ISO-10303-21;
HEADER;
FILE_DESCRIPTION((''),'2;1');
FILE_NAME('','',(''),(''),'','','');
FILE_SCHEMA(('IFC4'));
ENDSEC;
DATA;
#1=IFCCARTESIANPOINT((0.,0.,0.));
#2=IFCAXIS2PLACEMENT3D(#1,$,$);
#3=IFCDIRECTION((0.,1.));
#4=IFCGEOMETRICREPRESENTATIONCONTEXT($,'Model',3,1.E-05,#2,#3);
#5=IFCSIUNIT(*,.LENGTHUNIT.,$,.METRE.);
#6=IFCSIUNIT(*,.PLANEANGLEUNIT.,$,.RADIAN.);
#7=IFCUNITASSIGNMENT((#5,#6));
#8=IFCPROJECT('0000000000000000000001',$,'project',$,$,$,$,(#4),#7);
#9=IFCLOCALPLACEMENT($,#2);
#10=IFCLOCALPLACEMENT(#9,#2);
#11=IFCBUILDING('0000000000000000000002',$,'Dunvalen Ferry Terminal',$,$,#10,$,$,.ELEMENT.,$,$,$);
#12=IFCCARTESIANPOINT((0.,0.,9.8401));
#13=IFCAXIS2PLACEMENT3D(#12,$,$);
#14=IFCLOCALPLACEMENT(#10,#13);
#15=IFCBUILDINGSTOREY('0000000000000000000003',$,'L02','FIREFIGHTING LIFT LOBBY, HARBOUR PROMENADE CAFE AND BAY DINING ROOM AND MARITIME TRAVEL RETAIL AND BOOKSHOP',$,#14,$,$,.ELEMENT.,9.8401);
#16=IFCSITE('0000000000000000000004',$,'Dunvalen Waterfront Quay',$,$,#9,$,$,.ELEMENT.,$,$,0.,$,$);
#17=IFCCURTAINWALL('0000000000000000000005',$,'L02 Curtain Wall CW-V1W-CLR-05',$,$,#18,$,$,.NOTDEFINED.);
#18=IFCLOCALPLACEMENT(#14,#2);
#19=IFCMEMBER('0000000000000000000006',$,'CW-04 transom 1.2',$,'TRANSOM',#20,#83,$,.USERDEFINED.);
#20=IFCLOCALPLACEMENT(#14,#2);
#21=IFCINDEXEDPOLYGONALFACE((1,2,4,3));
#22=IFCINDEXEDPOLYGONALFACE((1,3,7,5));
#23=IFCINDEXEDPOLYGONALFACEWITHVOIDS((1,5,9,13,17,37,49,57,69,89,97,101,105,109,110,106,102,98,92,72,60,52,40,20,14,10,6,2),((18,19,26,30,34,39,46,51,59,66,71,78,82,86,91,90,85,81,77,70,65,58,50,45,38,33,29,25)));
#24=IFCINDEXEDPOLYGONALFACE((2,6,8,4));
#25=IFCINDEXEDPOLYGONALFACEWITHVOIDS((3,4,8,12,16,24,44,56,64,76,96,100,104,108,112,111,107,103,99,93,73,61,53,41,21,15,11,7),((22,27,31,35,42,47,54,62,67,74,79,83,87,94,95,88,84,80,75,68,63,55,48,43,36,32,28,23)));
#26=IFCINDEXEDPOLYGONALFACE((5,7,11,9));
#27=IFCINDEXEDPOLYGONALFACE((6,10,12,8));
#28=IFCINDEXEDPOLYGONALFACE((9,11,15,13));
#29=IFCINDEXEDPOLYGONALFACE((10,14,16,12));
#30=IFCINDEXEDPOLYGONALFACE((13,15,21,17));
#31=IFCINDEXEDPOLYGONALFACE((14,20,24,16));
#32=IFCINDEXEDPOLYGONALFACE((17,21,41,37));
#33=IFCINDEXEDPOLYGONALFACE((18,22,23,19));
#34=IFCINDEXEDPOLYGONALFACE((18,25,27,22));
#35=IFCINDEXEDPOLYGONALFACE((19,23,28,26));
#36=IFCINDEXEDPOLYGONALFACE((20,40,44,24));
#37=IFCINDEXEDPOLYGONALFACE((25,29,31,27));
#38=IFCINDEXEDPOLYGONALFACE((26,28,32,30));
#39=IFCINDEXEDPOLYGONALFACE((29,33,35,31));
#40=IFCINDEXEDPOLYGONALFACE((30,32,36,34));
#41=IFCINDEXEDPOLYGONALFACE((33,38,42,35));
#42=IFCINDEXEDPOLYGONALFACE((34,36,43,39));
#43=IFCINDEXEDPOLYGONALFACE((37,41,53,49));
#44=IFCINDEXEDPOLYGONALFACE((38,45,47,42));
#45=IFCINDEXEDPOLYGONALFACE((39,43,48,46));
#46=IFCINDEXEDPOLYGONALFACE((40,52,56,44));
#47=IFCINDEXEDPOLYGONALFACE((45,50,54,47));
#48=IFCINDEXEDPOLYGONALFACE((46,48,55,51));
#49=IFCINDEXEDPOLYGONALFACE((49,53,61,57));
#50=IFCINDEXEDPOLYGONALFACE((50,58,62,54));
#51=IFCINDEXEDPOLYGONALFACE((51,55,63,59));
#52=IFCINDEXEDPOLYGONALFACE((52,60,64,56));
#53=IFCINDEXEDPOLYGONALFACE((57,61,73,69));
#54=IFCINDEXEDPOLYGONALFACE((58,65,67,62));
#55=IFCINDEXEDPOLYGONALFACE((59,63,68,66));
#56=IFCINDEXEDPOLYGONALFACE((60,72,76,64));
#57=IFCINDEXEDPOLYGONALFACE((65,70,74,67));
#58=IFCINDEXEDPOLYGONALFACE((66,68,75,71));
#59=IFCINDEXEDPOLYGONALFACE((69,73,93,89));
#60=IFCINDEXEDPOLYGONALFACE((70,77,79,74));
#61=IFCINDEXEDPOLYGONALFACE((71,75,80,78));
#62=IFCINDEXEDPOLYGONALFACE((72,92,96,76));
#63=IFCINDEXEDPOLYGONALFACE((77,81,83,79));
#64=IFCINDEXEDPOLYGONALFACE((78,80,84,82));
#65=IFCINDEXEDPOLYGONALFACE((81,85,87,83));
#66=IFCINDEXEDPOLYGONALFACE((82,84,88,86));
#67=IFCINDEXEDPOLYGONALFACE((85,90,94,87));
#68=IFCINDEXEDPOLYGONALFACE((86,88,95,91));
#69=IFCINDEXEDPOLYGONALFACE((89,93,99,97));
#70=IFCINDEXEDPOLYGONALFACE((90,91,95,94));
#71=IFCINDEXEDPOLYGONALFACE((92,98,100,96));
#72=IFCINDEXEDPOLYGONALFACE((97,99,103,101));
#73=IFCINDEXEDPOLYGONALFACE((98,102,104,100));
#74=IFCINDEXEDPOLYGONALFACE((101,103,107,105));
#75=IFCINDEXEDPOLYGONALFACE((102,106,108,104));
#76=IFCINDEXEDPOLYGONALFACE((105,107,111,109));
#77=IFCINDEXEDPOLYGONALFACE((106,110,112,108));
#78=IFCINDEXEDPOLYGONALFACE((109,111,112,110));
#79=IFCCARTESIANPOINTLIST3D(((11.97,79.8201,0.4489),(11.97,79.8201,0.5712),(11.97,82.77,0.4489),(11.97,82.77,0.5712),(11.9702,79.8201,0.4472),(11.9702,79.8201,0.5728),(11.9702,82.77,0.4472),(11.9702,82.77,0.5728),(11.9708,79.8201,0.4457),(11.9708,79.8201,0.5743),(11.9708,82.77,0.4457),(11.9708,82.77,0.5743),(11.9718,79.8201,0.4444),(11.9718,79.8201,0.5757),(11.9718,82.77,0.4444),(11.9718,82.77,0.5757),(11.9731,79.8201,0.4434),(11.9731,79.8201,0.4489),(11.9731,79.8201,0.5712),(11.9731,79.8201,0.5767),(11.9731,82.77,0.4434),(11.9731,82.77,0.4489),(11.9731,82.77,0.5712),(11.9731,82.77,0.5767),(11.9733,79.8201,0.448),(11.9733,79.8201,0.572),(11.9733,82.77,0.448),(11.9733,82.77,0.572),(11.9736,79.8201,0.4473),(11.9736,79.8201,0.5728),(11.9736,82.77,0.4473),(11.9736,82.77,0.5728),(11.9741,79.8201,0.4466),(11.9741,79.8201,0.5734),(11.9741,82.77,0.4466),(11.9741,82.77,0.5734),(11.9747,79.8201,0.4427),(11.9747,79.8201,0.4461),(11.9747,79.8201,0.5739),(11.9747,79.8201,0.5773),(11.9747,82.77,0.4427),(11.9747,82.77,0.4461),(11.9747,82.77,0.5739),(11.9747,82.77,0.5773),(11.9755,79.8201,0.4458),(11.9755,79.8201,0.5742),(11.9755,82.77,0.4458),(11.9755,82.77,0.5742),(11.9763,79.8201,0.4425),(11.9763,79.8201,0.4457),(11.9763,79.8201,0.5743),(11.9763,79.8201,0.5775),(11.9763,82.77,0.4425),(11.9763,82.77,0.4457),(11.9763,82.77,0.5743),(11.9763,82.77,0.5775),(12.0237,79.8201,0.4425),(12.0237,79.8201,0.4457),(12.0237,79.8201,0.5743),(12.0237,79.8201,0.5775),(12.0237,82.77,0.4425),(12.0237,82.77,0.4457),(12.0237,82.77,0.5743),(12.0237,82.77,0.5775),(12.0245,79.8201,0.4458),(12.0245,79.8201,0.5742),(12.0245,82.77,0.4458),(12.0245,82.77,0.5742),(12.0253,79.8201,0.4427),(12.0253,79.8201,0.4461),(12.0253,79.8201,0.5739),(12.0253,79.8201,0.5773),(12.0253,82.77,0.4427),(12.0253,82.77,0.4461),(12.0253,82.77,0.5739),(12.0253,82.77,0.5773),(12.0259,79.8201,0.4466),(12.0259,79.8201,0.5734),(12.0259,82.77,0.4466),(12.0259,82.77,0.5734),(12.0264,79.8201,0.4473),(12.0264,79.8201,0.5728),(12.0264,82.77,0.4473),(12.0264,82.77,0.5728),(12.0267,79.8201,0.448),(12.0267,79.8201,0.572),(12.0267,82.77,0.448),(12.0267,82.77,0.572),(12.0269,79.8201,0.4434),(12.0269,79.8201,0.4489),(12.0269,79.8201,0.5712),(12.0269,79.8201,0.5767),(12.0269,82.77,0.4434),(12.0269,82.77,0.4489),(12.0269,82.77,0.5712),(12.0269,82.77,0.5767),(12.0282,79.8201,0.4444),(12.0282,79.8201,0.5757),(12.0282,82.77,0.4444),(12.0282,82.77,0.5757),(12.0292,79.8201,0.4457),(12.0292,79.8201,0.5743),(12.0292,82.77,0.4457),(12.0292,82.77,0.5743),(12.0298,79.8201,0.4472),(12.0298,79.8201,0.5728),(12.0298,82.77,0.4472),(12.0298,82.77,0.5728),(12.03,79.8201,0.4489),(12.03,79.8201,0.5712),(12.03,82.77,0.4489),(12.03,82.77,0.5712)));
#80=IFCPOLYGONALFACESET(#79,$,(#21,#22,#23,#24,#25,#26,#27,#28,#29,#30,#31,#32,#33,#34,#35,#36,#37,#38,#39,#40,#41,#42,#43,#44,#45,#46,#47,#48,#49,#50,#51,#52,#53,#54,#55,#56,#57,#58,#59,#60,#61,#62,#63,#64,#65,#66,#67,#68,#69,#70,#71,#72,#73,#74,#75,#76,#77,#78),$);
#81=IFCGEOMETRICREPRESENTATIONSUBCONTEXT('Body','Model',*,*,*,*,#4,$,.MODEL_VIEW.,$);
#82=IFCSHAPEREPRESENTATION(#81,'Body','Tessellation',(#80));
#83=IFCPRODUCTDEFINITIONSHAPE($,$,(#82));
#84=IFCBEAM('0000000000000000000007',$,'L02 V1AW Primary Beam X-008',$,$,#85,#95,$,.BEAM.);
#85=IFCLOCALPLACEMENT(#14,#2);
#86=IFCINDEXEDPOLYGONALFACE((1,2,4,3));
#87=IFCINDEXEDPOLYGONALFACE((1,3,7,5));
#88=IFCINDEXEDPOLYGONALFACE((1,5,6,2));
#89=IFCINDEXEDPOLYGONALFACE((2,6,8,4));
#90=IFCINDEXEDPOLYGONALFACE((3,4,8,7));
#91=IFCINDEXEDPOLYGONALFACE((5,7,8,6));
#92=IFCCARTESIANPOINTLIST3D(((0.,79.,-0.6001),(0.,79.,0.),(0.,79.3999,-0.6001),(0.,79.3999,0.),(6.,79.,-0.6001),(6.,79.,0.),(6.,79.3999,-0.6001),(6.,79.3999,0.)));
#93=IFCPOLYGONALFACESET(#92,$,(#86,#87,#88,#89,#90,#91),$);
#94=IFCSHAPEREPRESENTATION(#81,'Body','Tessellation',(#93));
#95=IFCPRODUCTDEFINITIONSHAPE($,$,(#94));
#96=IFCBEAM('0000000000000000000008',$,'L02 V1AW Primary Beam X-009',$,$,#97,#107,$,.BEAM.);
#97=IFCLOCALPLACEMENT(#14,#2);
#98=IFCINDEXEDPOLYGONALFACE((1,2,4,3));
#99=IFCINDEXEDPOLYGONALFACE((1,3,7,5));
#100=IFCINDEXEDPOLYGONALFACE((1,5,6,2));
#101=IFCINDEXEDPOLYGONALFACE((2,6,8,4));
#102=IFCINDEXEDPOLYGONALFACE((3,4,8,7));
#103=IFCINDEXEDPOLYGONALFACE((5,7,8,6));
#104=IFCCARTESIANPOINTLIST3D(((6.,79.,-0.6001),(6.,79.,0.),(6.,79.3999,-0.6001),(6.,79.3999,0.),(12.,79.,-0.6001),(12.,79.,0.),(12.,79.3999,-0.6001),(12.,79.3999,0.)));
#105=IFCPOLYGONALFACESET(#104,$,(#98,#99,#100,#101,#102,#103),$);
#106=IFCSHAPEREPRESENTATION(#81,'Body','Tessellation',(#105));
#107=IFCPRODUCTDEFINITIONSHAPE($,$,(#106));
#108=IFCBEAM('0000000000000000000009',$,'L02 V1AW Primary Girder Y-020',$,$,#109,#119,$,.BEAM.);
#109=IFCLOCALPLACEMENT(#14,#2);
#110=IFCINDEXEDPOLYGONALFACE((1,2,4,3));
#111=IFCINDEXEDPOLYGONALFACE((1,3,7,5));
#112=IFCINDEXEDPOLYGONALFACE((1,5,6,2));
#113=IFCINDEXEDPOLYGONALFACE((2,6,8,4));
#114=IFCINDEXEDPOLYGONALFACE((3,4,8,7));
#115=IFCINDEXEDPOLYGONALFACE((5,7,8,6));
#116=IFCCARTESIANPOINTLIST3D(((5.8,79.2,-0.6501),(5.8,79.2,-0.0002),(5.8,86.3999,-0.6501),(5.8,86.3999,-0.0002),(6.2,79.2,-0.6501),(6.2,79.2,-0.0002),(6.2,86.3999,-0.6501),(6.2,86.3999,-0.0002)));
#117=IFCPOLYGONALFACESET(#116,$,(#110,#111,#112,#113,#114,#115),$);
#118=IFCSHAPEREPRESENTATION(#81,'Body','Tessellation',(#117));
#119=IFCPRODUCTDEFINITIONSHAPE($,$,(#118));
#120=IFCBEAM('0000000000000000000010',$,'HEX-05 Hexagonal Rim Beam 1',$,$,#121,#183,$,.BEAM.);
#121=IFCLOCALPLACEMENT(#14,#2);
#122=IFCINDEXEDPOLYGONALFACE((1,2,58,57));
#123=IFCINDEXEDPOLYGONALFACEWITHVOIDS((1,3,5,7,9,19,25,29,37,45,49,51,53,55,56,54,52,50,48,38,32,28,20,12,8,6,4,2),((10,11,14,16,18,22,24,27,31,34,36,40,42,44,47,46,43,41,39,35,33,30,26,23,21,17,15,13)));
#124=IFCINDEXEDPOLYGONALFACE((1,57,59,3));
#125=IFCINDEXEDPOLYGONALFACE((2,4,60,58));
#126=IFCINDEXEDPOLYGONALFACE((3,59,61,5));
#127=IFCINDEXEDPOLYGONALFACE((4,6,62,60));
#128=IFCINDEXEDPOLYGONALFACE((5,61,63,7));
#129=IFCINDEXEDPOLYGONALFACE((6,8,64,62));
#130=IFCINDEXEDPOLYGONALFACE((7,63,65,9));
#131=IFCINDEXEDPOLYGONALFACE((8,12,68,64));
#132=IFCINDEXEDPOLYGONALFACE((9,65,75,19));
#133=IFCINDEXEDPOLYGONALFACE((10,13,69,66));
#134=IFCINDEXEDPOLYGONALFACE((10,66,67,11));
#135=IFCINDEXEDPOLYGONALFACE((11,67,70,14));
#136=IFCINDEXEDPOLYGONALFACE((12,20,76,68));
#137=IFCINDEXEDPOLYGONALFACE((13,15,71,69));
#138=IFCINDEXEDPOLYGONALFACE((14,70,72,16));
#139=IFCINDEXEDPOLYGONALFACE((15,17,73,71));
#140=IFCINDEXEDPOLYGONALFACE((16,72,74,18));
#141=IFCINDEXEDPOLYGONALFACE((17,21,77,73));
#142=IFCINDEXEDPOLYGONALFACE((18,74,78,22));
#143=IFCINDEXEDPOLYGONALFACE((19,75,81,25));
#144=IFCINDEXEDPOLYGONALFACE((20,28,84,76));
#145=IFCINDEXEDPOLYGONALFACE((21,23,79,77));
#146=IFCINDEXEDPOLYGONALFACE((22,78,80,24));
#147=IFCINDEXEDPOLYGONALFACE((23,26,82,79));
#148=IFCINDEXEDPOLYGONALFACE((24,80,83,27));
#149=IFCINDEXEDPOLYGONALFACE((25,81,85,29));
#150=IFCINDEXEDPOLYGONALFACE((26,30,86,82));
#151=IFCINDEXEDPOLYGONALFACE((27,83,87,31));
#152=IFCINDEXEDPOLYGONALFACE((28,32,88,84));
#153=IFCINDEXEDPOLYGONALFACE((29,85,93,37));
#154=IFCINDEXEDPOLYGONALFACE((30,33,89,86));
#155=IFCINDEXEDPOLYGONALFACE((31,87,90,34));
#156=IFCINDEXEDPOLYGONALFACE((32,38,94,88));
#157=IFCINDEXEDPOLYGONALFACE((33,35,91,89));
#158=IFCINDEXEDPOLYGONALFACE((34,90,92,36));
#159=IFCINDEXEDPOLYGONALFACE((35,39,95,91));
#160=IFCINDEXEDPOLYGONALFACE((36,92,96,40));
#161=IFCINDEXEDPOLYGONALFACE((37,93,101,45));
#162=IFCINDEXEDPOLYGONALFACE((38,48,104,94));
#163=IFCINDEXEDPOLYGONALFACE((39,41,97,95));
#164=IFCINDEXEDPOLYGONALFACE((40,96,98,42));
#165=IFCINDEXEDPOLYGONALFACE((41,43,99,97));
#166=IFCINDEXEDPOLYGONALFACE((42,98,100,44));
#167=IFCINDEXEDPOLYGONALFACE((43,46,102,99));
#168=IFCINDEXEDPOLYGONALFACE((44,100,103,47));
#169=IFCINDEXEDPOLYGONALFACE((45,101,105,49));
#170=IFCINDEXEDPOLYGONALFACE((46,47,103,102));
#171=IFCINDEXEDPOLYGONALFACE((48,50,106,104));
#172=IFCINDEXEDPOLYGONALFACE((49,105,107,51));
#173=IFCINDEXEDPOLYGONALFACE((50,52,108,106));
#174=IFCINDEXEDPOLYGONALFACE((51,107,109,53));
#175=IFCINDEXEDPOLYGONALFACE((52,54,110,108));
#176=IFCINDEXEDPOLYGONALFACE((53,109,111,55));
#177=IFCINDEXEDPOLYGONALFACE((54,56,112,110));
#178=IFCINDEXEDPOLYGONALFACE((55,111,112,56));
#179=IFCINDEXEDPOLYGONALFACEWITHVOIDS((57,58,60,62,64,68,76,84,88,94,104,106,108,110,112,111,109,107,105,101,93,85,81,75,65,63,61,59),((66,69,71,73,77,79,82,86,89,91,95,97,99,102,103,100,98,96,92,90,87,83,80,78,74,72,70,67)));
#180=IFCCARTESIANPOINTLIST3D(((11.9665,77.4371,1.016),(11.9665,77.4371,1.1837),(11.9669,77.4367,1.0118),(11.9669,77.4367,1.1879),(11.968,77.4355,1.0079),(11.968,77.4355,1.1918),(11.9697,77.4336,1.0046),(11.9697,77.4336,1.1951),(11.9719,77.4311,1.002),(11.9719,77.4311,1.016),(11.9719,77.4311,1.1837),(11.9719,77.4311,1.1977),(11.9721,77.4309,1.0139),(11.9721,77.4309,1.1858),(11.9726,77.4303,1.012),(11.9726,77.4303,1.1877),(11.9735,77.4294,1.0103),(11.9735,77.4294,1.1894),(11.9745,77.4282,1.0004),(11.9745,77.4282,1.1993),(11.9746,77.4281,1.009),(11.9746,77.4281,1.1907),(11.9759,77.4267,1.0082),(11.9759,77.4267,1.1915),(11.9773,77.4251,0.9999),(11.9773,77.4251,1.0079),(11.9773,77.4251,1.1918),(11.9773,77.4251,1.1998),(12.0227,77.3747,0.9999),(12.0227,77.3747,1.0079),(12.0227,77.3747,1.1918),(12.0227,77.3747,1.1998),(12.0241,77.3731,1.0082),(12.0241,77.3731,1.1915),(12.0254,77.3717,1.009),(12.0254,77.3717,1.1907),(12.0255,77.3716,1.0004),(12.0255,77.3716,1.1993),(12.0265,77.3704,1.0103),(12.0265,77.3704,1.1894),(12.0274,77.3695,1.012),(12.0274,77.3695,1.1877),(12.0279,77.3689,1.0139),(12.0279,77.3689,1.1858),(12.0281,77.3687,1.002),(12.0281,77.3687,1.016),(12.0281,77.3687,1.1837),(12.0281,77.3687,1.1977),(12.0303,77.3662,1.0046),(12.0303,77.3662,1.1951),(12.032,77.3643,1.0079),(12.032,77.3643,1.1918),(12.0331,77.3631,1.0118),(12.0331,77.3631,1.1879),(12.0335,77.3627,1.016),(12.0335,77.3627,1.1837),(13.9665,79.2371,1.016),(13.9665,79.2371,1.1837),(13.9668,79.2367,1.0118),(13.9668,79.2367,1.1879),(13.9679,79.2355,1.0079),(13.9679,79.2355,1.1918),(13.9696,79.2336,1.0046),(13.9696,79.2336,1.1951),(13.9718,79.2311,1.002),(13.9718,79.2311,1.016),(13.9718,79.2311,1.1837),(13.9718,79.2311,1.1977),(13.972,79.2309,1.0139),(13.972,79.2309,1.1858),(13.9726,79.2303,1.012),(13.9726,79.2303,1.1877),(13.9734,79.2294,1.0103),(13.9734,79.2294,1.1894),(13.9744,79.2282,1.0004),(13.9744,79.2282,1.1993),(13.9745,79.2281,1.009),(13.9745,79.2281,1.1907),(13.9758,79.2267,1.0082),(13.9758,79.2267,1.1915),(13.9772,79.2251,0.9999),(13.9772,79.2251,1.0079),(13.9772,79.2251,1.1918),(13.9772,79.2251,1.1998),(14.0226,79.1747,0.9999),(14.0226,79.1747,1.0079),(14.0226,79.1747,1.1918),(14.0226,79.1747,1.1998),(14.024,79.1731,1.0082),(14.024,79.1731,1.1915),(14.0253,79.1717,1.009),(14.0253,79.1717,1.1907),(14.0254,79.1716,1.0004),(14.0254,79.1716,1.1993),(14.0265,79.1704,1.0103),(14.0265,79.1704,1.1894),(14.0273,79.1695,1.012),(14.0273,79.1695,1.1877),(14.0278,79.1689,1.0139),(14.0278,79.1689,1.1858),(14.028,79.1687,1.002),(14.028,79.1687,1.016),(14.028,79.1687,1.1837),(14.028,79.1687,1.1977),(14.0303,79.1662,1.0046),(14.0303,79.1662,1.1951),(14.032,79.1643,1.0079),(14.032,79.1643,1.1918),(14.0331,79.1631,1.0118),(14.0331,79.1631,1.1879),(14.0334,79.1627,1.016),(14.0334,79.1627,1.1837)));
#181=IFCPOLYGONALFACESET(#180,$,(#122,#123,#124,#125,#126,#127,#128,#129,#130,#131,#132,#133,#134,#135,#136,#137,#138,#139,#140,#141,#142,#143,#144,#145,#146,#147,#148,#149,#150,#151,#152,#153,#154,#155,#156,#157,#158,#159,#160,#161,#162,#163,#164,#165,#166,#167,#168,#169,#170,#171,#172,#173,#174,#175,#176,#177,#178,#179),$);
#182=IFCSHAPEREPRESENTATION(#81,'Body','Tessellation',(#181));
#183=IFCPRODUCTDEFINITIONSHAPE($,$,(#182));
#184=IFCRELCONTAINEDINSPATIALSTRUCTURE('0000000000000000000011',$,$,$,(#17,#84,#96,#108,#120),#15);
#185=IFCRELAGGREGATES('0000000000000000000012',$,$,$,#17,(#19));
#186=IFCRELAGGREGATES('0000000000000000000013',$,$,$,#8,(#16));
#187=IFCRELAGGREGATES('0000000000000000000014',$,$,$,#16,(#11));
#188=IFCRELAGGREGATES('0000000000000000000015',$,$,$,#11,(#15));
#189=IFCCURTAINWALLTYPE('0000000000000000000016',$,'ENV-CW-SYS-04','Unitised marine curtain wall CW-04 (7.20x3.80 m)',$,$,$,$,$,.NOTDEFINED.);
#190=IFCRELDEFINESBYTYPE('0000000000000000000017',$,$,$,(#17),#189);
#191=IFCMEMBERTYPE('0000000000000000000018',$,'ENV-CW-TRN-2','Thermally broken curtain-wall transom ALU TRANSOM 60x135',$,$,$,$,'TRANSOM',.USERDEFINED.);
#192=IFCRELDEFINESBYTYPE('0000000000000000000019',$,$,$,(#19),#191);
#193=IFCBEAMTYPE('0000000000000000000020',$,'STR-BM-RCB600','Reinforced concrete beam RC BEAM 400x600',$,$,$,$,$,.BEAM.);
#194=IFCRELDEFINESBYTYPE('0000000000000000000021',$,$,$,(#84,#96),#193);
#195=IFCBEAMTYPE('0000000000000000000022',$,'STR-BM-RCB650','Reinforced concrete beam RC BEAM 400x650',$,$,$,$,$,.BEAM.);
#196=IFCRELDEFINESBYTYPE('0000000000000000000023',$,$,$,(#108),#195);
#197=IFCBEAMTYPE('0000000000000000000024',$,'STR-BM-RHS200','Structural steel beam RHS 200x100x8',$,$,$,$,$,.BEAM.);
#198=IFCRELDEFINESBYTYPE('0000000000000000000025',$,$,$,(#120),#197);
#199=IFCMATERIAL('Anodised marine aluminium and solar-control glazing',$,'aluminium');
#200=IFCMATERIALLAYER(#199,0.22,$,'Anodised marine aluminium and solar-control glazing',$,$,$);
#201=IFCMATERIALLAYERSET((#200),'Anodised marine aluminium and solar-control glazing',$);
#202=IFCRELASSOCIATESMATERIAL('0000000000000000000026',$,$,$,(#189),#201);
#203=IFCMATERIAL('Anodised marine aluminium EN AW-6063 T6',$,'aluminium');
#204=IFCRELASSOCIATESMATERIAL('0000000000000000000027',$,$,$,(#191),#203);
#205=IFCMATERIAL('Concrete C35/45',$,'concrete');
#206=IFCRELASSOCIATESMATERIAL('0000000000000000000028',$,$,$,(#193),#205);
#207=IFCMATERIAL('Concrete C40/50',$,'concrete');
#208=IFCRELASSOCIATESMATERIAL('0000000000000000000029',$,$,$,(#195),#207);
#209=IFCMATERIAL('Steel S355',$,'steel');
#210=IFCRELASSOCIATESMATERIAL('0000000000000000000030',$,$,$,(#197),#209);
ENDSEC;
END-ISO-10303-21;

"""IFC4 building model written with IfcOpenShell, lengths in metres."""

from ifc_helpers import new_model, si_unit, direction, frame, origin, origin_2d, place, context, subcontext, project, spatial, rectangle, hollow_rectangle, extrude, material, layer, layer_set, material_profile, profile_set, type_object, element, aggregate, save


model = new_model("IFC4")

# Units and contexts
model_context = context("Model", 3, precision=1e-05, world=origin(), true_north=direction((0.0, 1.0)))
body_context = subcontext(model_context, "Body", "Model", "MODEL_VIEW")
ifc_project = project(units=[si_unit("LENGTHUNIT", "METRE"), si_unit("PLANEANGLEUNIT", "RADIAN")], contexts=[model_context])

# Site, building, storey
site_placement = place(None, origin())
site = spatial("IfcSite", under=ifc_project, at=site_placement, Name="Dunvalen Waterfront Quay", CompositionType="ELEMENT", RefElevation=0.0)
building_placement = place(site_placement, origin())
building = spatial("IfcBuilding", under=site, at=building_placement, Name="Dunvalen Ferry Terminal", CompositionType="ELEMENT")
storey_placement = place(building_placement, frame((0.0, 0.0, 9.8401)))
storey = spatial("IfcBuildingStorey", under=building, at=storey_placement, Name="L02", Description="FIREFIGHTING LIFT LOBBY, HARBOUR PROMENADE CAFE AND BAY DINING ROOM AND MARITIME TRAVEL RETAIL AND BOOKSHOP", CompositionType="ELEMENT", Elevation=9.8401)

# Curtain wall
ifc_material_1 = material(Name="Anodised marine aluminium and solar-control glazing", Category="aluminium")
ifc_layer_1 = layer(ifc_material_1, 0.22, Name="Anodised marine aluminium and solar-control glazing")
ifc_layer_set_1 = layer_set([ifc_layer_1], Name="Anodised marine aluminium and solar-control glazing")
curtain_wall_type = type_object("IfcCurtainWallType", Name="ENV-CW-SYS-04", Description="Unitised marine curtain wall CW-04 (7.20x3.80 m)", PredefinedType="NOTDEFINED", material=ifc_layer_set_1)
ifc_material_2 = material(Name="Anodised marine aluminium EN AW-6063 T6", Category="aluminium")
curtain_wall_1_placement = place(storey_placement, origin())
curtain_wall_1 = element("IfcCurtainWall", 1, at=curtain_wall_1_placement, inside=storey, type_object=curtain_wall_type, Name="L02 Curtain Wall CW-V1W-CLR-05", PredefinedType="NOTDEFINED")

# Member
ifc_material_profile_1 = material_profile(ifc_material_2, hollow_rectangle(XDim=0.0601, YDim=0.135, WallThickness=0.0032, InnerFilletRadius=0.0032, OuterFilletRadius=0.0063, at=origin_2d()), Name="Anodised marine aluminium EN AW-6063 T6")
ifc_profile_set_1 = profile_set([ifc_material_profile_1], Name="Anodised marine aluminium EN AW-6063 T6")
member_type_1 = type_object("IfcMemberType", Name="ENV-CW-TRN-2", Description="Thermally broken curtain-wall transom ALU TRANSOM 60x135", ElementType="TRANSOM", PredefinedType="USERDEFINED", material=ifc_profile_set_1)
member_1_placement = place(storey_placement, frame((12.0, 79.8201, 0.51), z_axis=(0.0, 1.0, 0.0), x_axis=(-1.0, 0.0, 0.0)))
member_1 = element("IfcMember", 2, at=member_1_placement, type_object=member_type_1, Name="CW-04 transom 1.2", ObjectType="TRANSOM", PredefinedType="USERDEFINED", context=body_context, shape_type="SweptSolid", body=[
    extrude(hollow_rectangle(XDim=0.0601, YDim=0.135, WallThickness=0.0032, InnerFilletRadius=0.0032, OuterFilletRadius=0.0063, at=origin_2d()), origin(), (0.0, 0.0, 1.0), 2.95),
])
aggregate(curtain_wall_1, [member_1])

# Beams
ifc_material_3 = material(Name="Concrete C35/45", Category="concrete")
ifc_material_profile_2 = material_profile(ifc_material_3, rectangle(XDim=0.3999, YDim=0.6001, at=origin_2d()), Name="Concrete C35/45")
ifc_profile_set_2 = profile_set([ifc_material_profile_2], Name="Concrete C35/45")
beam_type_1 = type_object("IfcBeamType", Name="STR-BM-RCB600", Description="Reinforced concrete beam RC BEAM 400x600", PredefinedType="BEAM", material=ifc_profile_set_2)
for number, where, z_axis, x_axis, name in (
    (3, (0.0, 79.2, -0.3), (1.0, 0.0, 0.0), (0.0, 1.0, 0.0), "L02 V1AW Primary Beam X-008"),
    (4, (6.0, 79.2, -0.3), (1.0, 0.0, 0.0), (0.0, 1.0, 0.0), "L02 V1AW Primary Beam X-009"),
):
    element("IfcBeam", number, at=place(storey_placement, frame(where, z_axis=z_axis, x_axis=x_axis)), inside=storey, type_object=beam_type_1, Name=name, PredefinedType="BEAM", context=body_context, shape_type="SweptSolid", body=[
        extrude(rectangle(XDim=0.3999, YDim=0.6001, at=origin_2d()), origin(), (0.0, 0.0, 1.0), 6.0),
    ])
ifc_material_4 = material(Name="Concrete C40/50", Category="concrete")
ifc_material_profile_3 = material_profile(ifc_material_4, rectangle(XDim=0.3999, YDim=0.6499, at=origin_2d()), Name="Concrete C40/50")
ifc_profile_set_3 = profile_set([ifc_material_profile_3], Name="Concrete C40/50")
beam_type_2 = type_object("IfcBeamType", Name="STR-BM-RCB650", Description="Reinforced concrete beam RC BEAM 400x650", PredefinedType="BEAM", material=ifc_profile_set_3)
beam_1_placement = place(storey_placement, frame((6.0, 79.2, -0.3252), z_axis=(0.0, 1.0, 0.0), x_axis=(-1.0, 0.0, 0.0)))
element("IfcBeam", 5, at=beam_1_placement, inside=storey, type_object=beam_type_2, Name="L02 V1AW Primary Girder Y-020", PredefinedType="BEAM", context=body_context, shape_type="SweptSolid", body=[
    extrude(rectangle(XDim=0.3999, YDim=0.6499, at=origin_2d()), origin(), (0.0, 0.0, 1.0), 7.2),
])
ifc_material_5 = material(Name="Steel S355", Category="steel")
ifc_material_profile_4 = material_profile(ifc_material_5, hollow_rectangle(XDim=0.1001, YDim=0.2, WallThickness=0.0081, InnerFilletRadius=0.0081, OuterFilletRadius=0.0161, at=origin_2d()), Name="Steel S355")
ifc_profile_set_4 = profile_set([ifc_material_profile_4], Name="Steel S355")
beam_type_3 = type_object("IfcBeamType", Name="STR-BM-RHS200", Description="Structural steel beam RHS 200x100x8", PredefinedType="BEAM", material=ifc_profile_set_4)
beam_2_placement = place(storey_placement, frame((12.0, 77.3999, 1.0999), z_axis=(0.743285, 0.668975, 0.0), x_axis=(-0.668975, 0.743285, 0.0)))
element("IfcBeam", 6, at=beam_2_placement, inside=storey, type_object=beam_type_3, Name="HEX-05 Hexagonal Rim Beam 1", PredefinedType="BEAM", context=body_context, shape_type="SweptSolid", body=[
    extrude(hollow_rectangle(XDim=0.1001, YDim=0.2, WallThickness=0.0081, InnerFilletRadius=0.0081, OuterFilletRadius=0.0161, at=origin_2d()), origin(), (0.0, 0.0, 1.0), 2.6907),
])

save(model, "model.ifc")
